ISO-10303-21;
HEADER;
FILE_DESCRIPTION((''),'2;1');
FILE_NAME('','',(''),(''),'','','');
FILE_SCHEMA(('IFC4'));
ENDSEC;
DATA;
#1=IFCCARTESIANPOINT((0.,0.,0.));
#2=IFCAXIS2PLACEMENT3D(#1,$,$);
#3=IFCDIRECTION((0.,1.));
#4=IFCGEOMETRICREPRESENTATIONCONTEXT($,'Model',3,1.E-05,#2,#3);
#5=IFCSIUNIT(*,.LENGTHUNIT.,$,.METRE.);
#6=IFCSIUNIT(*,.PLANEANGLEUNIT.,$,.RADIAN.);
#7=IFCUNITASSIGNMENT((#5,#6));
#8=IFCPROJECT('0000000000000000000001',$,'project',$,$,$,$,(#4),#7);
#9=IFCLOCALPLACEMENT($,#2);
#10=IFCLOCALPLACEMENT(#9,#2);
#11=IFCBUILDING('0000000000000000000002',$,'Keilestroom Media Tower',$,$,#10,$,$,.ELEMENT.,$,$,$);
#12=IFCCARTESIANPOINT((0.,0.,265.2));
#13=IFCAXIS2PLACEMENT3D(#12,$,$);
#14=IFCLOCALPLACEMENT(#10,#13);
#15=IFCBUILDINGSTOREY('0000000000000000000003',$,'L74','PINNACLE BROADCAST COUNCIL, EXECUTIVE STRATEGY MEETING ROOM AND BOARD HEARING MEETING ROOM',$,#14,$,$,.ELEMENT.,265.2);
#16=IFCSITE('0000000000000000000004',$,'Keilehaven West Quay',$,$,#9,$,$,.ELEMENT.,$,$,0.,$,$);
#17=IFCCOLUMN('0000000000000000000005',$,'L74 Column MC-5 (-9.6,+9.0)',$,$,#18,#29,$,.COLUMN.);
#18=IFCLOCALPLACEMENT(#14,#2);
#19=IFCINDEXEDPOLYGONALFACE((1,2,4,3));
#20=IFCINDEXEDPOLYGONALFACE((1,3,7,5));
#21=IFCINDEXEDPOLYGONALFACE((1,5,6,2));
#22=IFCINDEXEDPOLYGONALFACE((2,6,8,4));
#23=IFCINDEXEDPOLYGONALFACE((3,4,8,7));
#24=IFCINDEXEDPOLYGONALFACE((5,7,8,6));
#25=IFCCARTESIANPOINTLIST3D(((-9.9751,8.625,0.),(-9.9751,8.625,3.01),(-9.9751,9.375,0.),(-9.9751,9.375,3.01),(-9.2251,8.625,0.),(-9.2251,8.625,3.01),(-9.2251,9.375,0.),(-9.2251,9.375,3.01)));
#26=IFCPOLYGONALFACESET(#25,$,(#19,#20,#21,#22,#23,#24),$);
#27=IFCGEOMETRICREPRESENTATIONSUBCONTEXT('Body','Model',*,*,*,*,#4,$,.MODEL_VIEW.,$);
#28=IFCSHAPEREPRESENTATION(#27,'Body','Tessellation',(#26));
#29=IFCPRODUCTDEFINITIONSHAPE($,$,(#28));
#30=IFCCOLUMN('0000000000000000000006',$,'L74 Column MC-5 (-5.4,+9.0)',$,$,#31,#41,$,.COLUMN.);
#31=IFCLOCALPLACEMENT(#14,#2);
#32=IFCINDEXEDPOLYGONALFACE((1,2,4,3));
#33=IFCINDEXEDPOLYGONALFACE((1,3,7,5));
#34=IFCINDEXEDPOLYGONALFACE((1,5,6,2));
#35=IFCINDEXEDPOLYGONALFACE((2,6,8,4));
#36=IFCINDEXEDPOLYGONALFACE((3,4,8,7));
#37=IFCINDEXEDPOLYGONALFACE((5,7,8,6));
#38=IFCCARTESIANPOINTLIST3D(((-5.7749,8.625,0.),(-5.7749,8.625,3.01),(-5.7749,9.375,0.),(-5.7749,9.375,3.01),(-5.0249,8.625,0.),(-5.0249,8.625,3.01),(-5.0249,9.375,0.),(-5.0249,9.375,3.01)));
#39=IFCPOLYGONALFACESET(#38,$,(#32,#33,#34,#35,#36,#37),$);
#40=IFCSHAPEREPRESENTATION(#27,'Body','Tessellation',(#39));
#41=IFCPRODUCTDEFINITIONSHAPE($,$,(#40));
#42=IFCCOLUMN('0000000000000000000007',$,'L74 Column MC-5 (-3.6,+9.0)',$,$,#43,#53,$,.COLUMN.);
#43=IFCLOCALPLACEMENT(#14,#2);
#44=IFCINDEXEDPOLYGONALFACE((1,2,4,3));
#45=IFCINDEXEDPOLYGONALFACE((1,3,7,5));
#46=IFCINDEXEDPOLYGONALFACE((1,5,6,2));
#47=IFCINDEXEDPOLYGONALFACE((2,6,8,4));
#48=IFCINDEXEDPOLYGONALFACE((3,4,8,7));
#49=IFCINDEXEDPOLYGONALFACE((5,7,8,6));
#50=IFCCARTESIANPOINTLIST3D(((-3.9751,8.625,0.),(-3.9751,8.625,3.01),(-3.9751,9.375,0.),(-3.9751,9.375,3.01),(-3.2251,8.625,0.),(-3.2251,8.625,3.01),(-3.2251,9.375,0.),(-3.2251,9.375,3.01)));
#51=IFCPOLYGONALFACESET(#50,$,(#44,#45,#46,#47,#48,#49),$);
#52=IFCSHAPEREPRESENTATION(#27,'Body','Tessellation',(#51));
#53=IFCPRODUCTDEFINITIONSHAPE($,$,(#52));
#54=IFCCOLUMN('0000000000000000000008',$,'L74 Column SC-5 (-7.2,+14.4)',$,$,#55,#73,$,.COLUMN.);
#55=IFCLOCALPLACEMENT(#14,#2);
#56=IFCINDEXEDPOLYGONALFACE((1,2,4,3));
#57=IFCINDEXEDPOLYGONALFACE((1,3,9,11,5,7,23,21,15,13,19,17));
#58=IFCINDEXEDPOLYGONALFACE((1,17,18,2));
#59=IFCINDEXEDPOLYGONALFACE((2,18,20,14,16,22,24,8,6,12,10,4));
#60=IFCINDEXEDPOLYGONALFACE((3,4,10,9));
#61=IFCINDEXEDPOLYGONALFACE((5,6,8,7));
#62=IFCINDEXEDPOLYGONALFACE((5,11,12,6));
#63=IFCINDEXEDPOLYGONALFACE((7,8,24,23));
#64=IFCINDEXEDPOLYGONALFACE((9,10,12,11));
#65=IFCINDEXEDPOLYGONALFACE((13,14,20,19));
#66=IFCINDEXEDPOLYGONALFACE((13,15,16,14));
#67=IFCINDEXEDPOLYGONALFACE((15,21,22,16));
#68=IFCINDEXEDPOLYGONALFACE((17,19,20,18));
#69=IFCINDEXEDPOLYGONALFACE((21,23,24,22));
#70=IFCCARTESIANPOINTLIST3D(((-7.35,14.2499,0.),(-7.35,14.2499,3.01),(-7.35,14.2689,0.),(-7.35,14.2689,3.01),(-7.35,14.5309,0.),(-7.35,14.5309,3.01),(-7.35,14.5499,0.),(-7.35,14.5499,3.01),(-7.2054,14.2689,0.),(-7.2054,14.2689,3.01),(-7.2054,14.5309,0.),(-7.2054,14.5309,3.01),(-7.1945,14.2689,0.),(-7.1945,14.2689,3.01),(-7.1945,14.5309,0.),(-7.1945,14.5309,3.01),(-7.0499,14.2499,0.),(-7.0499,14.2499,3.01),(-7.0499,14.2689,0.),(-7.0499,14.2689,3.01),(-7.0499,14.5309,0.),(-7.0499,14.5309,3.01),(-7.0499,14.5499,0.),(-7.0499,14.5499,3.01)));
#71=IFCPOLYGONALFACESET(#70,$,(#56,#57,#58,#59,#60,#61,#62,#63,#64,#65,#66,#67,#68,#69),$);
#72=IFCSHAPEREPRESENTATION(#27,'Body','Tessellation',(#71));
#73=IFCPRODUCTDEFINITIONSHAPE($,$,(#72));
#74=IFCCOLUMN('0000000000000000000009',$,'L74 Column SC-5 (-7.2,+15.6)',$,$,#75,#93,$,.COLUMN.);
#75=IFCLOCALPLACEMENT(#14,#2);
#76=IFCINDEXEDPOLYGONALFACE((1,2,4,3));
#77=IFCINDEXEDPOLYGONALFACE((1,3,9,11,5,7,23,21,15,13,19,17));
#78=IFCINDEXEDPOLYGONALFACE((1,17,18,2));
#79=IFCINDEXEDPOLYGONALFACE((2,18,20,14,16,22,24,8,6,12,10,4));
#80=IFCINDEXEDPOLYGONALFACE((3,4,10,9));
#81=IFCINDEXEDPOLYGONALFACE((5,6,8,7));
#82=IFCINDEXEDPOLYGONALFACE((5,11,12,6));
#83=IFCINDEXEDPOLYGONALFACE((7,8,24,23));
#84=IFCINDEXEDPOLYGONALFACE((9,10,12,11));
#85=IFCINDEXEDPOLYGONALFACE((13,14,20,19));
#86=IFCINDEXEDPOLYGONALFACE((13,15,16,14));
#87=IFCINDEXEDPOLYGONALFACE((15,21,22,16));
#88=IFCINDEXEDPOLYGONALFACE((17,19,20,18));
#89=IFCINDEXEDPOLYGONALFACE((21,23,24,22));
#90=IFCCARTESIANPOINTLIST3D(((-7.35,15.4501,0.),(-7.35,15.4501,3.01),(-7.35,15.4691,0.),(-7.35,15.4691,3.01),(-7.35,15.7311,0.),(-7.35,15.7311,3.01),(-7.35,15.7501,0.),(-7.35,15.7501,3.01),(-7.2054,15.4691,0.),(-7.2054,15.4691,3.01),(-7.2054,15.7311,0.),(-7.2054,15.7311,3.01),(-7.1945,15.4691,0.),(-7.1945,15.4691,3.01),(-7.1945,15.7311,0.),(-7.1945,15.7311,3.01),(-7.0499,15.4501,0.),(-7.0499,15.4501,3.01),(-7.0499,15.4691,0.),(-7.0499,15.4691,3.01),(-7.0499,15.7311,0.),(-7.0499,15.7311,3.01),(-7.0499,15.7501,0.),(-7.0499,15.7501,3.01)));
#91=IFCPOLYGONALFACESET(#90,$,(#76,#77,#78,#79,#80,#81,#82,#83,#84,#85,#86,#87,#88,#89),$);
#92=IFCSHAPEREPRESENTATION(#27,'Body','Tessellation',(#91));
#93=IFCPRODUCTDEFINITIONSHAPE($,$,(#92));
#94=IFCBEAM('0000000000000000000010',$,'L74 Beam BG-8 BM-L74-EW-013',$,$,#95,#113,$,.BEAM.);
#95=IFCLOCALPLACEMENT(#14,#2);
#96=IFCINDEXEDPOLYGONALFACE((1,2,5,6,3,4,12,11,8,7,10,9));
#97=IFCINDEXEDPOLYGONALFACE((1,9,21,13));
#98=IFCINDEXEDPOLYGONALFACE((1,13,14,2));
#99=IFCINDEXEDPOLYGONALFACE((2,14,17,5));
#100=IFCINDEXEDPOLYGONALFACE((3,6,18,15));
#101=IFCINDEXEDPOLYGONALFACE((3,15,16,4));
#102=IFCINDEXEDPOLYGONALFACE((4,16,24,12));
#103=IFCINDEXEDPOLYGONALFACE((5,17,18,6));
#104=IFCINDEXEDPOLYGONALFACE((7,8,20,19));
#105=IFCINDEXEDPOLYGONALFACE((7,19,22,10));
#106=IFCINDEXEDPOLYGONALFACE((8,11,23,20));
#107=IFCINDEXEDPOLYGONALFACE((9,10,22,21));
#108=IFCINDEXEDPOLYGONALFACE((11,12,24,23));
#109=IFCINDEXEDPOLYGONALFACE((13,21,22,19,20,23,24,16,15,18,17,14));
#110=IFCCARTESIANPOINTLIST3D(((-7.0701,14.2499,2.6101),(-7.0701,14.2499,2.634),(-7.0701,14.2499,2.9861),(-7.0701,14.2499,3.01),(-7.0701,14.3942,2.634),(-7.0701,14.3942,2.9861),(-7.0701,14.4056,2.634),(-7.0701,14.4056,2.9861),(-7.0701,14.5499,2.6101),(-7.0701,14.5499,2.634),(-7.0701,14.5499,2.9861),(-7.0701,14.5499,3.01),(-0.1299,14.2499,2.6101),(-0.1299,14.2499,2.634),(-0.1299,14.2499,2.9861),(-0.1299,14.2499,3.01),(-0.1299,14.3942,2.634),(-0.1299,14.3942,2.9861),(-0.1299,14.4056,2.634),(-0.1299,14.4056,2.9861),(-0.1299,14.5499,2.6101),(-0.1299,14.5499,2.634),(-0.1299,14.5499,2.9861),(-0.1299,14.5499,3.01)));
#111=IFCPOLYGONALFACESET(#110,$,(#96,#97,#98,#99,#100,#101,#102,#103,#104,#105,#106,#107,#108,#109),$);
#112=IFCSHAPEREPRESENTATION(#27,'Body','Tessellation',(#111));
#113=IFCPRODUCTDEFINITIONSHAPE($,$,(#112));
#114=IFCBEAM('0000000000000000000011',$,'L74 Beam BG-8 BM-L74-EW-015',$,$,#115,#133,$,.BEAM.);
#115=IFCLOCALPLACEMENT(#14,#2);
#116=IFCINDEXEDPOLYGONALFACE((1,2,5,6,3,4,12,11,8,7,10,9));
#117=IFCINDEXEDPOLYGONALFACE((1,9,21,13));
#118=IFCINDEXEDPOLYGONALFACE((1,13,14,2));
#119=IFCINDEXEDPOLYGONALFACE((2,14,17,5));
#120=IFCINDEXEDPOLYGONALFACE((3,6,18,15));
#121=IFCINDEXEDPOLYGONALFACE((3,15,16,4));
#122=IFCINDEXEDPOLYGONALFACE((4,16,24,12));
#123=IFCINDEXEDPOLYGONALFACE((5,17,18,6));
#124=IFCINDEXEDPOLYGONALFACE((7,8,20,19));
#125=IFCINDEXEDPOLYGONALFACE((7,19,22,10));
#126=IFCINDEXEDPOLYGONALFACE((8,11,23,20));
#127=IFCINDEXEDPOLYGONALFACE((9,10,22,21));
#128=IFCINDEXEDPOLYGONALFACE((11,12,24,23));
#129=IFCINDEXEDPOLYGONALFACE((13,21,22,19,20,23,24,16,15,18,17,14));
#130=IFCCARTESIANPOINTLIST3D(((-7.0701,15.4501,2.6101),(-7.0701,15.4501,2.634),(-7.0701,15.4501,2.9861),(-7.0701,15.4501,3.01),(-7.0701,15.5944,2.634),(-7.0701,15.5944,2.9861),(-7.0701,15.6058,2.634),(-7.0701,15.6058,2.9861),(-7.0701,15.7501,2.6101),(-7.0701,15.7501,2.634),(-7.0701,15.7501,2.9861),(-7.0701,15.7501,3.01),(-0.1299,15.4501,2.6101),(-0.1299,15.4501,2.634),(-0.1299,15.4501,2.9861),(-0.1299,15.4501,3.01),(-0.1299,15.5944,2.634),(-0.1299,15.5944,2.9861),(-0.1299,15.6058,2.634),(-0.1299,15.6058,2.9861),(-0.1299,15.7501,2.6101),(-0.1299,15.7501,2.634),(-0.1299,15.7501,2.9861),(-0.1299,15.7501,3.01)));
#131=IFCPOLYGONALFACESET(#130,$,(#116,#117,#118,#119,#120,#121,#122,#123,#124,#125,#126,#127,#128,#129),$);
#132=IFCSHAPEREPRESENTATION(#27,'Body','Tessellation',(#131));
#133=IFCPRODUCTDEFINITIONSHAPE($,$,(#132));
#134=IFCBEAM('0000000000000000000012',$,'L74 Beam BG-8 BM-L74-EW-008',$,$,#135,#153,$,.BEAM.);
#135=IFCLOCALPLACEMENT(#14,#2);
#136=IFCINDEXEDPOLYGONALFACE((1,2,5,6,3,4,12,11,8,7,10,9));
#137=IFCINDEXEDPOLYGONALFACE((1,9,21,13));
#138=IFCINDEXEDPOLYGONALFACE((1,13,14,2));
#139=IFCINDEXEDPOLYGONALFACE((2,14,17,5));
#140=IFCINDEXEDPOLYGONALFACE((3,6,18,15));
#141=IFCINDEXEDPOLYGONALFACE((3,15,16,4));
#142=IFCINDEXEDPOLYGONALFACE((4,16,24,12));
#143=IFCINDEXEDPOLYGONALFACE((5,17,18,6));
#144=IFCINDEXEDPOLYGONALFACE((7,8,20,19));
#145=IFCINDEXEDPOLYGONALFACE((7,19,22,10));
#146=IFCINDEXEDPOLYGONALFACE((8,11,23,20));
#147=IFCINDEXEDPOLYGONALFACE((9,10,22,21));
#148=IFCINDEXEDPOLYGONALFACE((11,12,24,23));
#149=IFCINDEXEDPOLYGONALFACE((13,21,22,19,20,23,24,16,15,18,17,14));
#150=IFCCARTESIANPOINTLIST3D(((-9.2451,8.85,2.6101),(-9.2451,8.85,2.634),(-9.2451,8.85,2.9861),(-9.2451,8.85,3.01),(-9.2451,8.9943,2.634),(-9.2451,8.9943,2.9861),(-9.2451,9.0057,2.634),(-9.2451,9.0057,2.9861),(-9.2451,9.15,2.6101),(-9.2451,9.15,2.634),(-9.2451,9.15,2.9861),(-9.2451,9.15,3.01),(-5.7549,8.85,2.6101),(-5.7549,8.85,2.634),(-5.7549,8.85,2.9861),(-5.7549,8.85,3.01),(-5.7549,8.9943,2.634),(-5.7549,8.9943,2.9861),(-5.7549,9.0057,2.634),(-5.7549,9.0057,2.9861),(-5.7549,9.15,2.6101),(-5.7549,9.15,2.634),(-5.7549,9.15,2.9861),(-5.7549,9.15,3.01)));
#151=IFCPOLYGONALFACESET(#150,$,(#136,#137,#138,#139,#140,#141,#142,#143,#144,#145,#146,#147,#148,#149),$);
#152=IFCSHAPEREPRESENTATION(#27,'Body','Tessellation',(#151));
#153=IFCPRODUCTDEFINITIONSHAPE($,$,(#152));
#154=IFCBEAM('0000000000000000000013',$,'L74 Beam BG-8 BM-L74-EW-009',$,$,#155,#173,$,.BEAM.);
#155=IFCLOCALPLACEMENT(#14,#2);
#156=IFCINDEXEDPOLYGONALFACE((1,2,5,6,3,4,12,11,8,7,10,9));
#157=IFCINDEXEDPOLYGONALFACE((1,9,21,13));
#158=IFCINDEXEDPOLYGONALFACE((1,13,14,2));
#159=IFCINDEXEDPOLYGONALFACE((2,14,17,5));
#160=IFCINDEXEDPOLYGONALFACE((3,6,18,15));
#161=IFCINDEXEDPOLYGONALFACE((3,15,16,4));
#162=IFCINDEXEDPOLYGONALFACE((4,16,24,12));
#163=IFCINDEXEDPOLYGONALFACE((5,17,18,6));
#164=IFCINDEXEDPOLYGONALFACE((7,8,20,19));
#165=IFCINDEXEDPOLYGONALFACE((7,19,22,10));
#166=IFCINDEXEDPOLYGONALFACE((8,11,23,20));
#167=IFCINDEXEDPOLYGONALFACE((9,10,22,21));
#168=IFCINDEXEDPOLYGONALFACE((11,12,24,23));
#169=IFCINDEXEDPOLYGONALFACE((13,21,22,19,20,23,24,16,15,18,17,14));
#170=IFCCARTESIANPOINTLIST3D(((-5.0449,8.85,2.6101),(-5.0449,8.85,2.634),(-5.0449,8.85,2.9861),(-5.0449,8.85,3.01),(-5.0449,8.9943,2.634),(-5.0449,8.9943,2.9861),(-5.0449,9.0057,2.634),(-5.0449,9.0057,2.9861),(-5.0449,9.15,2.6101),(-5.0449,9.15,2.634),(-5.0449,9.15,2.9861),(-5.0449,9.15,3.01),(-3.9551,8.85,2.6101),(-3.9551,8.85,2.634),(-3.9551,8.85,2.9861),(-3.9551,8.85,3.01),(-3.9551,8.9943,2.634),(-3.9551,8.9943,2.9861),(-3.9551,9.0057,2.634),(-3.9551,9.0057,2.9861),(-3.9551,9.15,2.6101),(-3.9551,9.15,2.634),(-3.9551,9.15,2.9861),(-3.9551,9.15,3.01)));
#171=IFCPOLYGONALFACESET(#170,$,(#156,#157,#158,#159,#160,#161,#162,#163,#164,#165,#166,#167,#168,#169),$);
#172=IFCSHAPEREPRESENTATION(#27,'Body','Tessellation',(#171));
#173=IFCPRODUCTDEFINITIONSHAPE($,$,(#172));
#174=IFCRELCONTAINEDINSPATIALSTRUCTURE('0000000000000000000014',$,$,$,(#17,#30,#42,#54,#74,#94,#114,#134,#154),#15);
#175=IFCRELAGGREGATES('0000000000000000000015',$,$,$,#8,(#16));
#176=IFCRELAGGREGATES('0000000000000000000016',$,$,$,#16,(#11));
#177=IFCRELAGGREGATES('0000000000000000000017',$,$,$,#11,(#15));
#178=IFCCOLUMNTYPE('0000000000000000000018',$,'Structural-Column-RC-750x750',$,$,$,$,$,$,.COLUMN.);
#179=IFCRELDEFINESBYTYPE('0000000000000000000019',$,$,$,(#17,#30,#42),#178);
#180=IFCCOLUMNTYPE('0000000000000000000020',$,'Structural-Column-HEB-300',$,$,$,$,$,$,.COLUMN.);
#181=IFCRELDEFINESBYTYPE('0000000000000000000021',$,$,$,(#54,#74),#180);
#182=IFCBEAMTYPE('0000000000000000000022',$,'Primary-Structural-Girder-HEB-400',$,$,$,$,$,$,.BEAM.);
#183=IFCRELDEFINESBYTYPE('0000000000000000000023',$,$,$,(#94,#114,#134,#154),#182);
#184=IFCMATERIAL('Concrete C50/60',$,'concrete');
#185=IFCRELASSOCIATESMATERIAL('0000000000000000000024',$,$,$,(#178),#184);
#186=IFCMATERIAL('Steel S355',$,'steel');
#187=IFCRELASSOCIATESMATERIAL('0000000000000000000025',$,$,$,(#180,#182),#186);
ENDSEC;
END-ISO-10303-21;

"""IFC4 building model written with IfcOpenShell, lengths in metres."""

from ifc_helpers import new_model, si_unit, direction, frame, origin, origin_2d, place, context, subcontext, project, spatial, rectangle, i_section, extrude, source, transform, mapped, material, material_profile, profile_set, type_object, element, save


model = new_model("IFC4")

# Units and contexts
model_context = context("Model", 3, precision=1e-05, world=origin(), true_north=direction((0.0, 1.0)))
body_context = subcontext(model_context, "Body", "Model", "MODEL_VIEW")
ifc_project = project(units=[si_unit("LENGTHUNIT", "METRE"), si_unit("PLANEANGLEUNIT", "RADIAN")], contexts=[model_context])

# Site, building, storey
site_placement = place(None, origin())
site = spatial("IfcSite", under=ifc_project, at=site_placement, Name="Keilehaven West Quay", CompositionType="ELEMENT", RefElevation=0.0)
building_placement = place(site_placement, origin())
building = spatial("IfcBuilding", under=site, at=building_placement, Name="Keilestroom Media Tower", CompositionType="ELEMENT")
storey_placement = place(building_placement, frame((0.0, 0.0, 265.2)))
storey = spatial("IfcBuildingStorey", under=building, at=storey_placement, Name="L74", Description="PINNACLE BROADCAST COUNCIL, EXECUTIVE STRATEGY MEETING ROOM AND BOARD HEARING MEETING ROOM", CompositionType="ELEMENT", Elevation=265.2)

# Columns
ifc_material_1 = material(Name="Concrete C50/60", Category="concrete")
ifc_material_profile_1 = material_profile(ifc_material_1, rectangle(XDim=0.75, YDim=0.75, at=origin_2d()), Name="RC 750x750")
ifc_profile_set_1 = profile_set([ifc_material_profile_1], Name="Concrete C50/60")
column_type_1 = type_object("IfcColumnType", Name="Structural-Column-RC-750x750", PredefinedType="COLUMN", material=ifc_profile_set_1)
shared_shape_1 = source(origin(), body_context, "Body", "SweptSolid", [
    extrude(rectangle(XDim=0.75, YDim=0.75, at=origin_2d()), origin(), (0.0, 0.0, 1.0), 3.01),
])
for number, where, z_axis, x_axis, name in (
    (1, (-9.6001, 9.0, 0.0), (0.0, 0.0, 1.0), (1.0, 0.0, 0.0), "L74 Column MC-5 (-9.6,+9.0)"),
    (2, (-5.3999, 9.0, 0.0), (0.0, 0.0, 1.0), (1.0, 0.0, 0.0), "L74 Column MC-5 (-5.4,+9.0)"),
    (3, (-3.6001, 9.0, 0.0), (0.0, 0.0, 1.0), (1.0, 0.0, 0.0), "L74 Column MC-5 (-3.6,+9.0)"),
):
    element("IfcColumn", number, at=place(storey_placement, frame(where, z_axis=z_axis, x_axis=x_axis)), inside=storey, type_object=column_type_1, Name=name, PredefinedType="COLUMN", context=body_context, shape_type="MappedRepresentation", body=[
        mapped(shared_shape_1, transform((0.0, 0.0, 0.0), x_axis=(1.0, 0.0, 0.0), y_axis=(0.0, 1.0, 0.0), z_axis=(0.0, 0.0, 1.0), scale=1.0)),
    ])
ifc_material_2 = material(Name="Steel S355", Category="steel")
ifc_material_profile_2 = material_profile(ifc_material_2, i_section(OverallWidth=0.3, OverallDepth=0.3, WebThickness=0.011, FlangeThickness=0.019, at=origin_2d()), Name="HEB 300")
ifc_profile_set_2 = profile_set([ifc_material_profile_2], Name="Steel S355")
column_type_2 = type_object("IfcColumnType", Name="Structural-Column-HEB-300", PredefinedType="COLUMN", material=ifc_profile_set_2)
shared_shape_2 = source(origin(), body_context, "Body", "SweptSolid", [
    extrude(i_section(OverallWidth=0.3, OverallDepth=0.3, WebThickness=0.011, FlangeThickness=0.019, at=origin_2d()), origin(), (0.0, 0.0, 1.0), 3.01),
])
for number, where, z_axis, x_axis, name in (
    (4, (-7.2, 14.3999, 0.0), (0.0, 0.0, 1.0), (1.0, 0.0, 0.0), "L74 Column SC-5 (-7.2,+14.4)"),
    (5, (-7.2, 15.6001, 0.0), (0.0, 0.0, 1.0), (1.0, 0.0, 0.0), "L74 Column SC-5 (-7.2,+15.6)"),
):
    element("IfcColumn", number, at=place(storey_placement, frame(where, z_axis=z_axis, x_axis=x_axis)), inside=storey, type_object=column_type_2, Name=name, PredefinedType="COLUMN", context=body_context, shape_type="MappedRepresentation", body=[
        mapped(shared_shape_2, transform((0.0, 0.0, 0.0), x_axis=(1.0, 0.0, 0.0), y_axis=(0.0, 1.0, 0.0), z_axis=(0.0, 0.0, 1.0), scale=1.0)),
    ])

# Beams
ifc_material_profile_3 = material_profile(ifc_material_2, i_section(OverallWidth=0.3, OverallDepth=0.3999, WebThickness=0.0115, FlangeThickness=0.0239, at=origin_2d()), Name="HEB 400")
ifc_profile_set_3 = profile_set([ifc_material_profile_3], Name="Steel S355")
beam_type = type_object("IfcBeamType", Name="Primary-Structural-Girder-HEB-400", PredefinedType="BEAM", material=ifc_profile_set_3)
shared_shape_3 = source(origin(), body_context, "Body", "SweptSolid", [
    extrude(i_section(OverallWidth=0.3, OverallDepth=0.3999, WebThickness=0.0115, FlangeThickness=0.0239, at=origin_2d()), origin(), (0.0, 0.0, 1.0), 6.9402),
])
for number, where, z_axis, x_axis, name in (
    (6, (-7.0701, 14.3999, 2.8101), (1.0, 0.0, 0.0), (0.0, 1.0, 0.0), "L74 Beam BG-8 BM-L74-EW-013"),
    (7, (-7.0701, 15.6001, 2.8101), (1.0, 0.0, 0.0), (0.0, 1.0, 0.0), "L74 Beam BG-8 BM-L74-EW-015"),
):
    element("IfcBeam", number, at=place(storey_placement, frame(where, z_axis=z_axis, x_axis=x_axis)), inside=storey, type_object=beam_type, Name=name, PredefinedType="BEAM", context=body_context, shape_type="MappedRepresentation", body=[
        mapped(shared_shape_3, transform((0.0, 0.0, 0.0), x_axis=(1.0, 0.0, 0.0), y_axis=(0.0, 1.0, 0.0), z_axis=(0.0, 0.0, 1.0), scale=1.0)),
    ])
shared_shape_4 = source(origin(), body_context, "Body", "SweptSolid", [
    extrude(i_section(OverallWidth=0.3, OverallDepth=0.3999, WebThickness=0.0115, FlangeThickness=0.0239, at=origin_2d()), origin(), (0.0, 0.0, 1.0), 3.4902),
])
beam_1_placement = place(storey_placement, frame((-9.2451, 9.0, 2.8101), z_axis=(1.0, 0.0, 0.0), x_axis=(0.0, 1.0, 0.0)))
element("IfcBeam", 8, at=beam_1_placement, inside=storey, type_object=beam_type, Name="L74 Beam BG-8 BM-L74-EW-008", PredefinedType="BEAM", context=body_context, shape_type="MappedRepresentation", body=[
    mapped(shared_shape_4, transform((0.0, 0.0, 0.0), x_axis=(1.0, 0.0, 0.0), y_axis=(0.0, 1.0, 0.0), z_axis=(0.0, 0.0, 1.0), scale=1.0)),
])
shared_shape_5 = source(origin(), body_context, "Body", "SweptSolid", [
    extrude(i_section(OverallWidth=0.3, OverallDepth=0.3999, WebThickness=0.0115, FlangeThickness=0.0239, at=origin_2d()), origin(), (0.0, 0.0, 1.0), 1.0898),
])
beam_2_placement = place(storey_placement, frame((-5.0449, 9.0, 2.8101), z_axis=(1.0, 0.0, 0.0), x_axis=(0.0, 1.0, 0.0)))
element("IfcBeam", 9, at=beam_2_placement, inside=storey, type_object=beam_type, Name="L74 Beam BG-8 BM-L74-EW-009", PredefinedType="BEAM", context=body_context, shape_type="MappedRepresentation", body=[
    mapped(shared_shape_5, transform((0.0, 0.0, 0.0), x_axis=(1.0, 0.0, 0.0), y_axis=(0.0, 1.0, 0.0), z_axis=(0.0, 0.0, 1.0), scale=1.0)),
])

save(model, "model.ifc")
